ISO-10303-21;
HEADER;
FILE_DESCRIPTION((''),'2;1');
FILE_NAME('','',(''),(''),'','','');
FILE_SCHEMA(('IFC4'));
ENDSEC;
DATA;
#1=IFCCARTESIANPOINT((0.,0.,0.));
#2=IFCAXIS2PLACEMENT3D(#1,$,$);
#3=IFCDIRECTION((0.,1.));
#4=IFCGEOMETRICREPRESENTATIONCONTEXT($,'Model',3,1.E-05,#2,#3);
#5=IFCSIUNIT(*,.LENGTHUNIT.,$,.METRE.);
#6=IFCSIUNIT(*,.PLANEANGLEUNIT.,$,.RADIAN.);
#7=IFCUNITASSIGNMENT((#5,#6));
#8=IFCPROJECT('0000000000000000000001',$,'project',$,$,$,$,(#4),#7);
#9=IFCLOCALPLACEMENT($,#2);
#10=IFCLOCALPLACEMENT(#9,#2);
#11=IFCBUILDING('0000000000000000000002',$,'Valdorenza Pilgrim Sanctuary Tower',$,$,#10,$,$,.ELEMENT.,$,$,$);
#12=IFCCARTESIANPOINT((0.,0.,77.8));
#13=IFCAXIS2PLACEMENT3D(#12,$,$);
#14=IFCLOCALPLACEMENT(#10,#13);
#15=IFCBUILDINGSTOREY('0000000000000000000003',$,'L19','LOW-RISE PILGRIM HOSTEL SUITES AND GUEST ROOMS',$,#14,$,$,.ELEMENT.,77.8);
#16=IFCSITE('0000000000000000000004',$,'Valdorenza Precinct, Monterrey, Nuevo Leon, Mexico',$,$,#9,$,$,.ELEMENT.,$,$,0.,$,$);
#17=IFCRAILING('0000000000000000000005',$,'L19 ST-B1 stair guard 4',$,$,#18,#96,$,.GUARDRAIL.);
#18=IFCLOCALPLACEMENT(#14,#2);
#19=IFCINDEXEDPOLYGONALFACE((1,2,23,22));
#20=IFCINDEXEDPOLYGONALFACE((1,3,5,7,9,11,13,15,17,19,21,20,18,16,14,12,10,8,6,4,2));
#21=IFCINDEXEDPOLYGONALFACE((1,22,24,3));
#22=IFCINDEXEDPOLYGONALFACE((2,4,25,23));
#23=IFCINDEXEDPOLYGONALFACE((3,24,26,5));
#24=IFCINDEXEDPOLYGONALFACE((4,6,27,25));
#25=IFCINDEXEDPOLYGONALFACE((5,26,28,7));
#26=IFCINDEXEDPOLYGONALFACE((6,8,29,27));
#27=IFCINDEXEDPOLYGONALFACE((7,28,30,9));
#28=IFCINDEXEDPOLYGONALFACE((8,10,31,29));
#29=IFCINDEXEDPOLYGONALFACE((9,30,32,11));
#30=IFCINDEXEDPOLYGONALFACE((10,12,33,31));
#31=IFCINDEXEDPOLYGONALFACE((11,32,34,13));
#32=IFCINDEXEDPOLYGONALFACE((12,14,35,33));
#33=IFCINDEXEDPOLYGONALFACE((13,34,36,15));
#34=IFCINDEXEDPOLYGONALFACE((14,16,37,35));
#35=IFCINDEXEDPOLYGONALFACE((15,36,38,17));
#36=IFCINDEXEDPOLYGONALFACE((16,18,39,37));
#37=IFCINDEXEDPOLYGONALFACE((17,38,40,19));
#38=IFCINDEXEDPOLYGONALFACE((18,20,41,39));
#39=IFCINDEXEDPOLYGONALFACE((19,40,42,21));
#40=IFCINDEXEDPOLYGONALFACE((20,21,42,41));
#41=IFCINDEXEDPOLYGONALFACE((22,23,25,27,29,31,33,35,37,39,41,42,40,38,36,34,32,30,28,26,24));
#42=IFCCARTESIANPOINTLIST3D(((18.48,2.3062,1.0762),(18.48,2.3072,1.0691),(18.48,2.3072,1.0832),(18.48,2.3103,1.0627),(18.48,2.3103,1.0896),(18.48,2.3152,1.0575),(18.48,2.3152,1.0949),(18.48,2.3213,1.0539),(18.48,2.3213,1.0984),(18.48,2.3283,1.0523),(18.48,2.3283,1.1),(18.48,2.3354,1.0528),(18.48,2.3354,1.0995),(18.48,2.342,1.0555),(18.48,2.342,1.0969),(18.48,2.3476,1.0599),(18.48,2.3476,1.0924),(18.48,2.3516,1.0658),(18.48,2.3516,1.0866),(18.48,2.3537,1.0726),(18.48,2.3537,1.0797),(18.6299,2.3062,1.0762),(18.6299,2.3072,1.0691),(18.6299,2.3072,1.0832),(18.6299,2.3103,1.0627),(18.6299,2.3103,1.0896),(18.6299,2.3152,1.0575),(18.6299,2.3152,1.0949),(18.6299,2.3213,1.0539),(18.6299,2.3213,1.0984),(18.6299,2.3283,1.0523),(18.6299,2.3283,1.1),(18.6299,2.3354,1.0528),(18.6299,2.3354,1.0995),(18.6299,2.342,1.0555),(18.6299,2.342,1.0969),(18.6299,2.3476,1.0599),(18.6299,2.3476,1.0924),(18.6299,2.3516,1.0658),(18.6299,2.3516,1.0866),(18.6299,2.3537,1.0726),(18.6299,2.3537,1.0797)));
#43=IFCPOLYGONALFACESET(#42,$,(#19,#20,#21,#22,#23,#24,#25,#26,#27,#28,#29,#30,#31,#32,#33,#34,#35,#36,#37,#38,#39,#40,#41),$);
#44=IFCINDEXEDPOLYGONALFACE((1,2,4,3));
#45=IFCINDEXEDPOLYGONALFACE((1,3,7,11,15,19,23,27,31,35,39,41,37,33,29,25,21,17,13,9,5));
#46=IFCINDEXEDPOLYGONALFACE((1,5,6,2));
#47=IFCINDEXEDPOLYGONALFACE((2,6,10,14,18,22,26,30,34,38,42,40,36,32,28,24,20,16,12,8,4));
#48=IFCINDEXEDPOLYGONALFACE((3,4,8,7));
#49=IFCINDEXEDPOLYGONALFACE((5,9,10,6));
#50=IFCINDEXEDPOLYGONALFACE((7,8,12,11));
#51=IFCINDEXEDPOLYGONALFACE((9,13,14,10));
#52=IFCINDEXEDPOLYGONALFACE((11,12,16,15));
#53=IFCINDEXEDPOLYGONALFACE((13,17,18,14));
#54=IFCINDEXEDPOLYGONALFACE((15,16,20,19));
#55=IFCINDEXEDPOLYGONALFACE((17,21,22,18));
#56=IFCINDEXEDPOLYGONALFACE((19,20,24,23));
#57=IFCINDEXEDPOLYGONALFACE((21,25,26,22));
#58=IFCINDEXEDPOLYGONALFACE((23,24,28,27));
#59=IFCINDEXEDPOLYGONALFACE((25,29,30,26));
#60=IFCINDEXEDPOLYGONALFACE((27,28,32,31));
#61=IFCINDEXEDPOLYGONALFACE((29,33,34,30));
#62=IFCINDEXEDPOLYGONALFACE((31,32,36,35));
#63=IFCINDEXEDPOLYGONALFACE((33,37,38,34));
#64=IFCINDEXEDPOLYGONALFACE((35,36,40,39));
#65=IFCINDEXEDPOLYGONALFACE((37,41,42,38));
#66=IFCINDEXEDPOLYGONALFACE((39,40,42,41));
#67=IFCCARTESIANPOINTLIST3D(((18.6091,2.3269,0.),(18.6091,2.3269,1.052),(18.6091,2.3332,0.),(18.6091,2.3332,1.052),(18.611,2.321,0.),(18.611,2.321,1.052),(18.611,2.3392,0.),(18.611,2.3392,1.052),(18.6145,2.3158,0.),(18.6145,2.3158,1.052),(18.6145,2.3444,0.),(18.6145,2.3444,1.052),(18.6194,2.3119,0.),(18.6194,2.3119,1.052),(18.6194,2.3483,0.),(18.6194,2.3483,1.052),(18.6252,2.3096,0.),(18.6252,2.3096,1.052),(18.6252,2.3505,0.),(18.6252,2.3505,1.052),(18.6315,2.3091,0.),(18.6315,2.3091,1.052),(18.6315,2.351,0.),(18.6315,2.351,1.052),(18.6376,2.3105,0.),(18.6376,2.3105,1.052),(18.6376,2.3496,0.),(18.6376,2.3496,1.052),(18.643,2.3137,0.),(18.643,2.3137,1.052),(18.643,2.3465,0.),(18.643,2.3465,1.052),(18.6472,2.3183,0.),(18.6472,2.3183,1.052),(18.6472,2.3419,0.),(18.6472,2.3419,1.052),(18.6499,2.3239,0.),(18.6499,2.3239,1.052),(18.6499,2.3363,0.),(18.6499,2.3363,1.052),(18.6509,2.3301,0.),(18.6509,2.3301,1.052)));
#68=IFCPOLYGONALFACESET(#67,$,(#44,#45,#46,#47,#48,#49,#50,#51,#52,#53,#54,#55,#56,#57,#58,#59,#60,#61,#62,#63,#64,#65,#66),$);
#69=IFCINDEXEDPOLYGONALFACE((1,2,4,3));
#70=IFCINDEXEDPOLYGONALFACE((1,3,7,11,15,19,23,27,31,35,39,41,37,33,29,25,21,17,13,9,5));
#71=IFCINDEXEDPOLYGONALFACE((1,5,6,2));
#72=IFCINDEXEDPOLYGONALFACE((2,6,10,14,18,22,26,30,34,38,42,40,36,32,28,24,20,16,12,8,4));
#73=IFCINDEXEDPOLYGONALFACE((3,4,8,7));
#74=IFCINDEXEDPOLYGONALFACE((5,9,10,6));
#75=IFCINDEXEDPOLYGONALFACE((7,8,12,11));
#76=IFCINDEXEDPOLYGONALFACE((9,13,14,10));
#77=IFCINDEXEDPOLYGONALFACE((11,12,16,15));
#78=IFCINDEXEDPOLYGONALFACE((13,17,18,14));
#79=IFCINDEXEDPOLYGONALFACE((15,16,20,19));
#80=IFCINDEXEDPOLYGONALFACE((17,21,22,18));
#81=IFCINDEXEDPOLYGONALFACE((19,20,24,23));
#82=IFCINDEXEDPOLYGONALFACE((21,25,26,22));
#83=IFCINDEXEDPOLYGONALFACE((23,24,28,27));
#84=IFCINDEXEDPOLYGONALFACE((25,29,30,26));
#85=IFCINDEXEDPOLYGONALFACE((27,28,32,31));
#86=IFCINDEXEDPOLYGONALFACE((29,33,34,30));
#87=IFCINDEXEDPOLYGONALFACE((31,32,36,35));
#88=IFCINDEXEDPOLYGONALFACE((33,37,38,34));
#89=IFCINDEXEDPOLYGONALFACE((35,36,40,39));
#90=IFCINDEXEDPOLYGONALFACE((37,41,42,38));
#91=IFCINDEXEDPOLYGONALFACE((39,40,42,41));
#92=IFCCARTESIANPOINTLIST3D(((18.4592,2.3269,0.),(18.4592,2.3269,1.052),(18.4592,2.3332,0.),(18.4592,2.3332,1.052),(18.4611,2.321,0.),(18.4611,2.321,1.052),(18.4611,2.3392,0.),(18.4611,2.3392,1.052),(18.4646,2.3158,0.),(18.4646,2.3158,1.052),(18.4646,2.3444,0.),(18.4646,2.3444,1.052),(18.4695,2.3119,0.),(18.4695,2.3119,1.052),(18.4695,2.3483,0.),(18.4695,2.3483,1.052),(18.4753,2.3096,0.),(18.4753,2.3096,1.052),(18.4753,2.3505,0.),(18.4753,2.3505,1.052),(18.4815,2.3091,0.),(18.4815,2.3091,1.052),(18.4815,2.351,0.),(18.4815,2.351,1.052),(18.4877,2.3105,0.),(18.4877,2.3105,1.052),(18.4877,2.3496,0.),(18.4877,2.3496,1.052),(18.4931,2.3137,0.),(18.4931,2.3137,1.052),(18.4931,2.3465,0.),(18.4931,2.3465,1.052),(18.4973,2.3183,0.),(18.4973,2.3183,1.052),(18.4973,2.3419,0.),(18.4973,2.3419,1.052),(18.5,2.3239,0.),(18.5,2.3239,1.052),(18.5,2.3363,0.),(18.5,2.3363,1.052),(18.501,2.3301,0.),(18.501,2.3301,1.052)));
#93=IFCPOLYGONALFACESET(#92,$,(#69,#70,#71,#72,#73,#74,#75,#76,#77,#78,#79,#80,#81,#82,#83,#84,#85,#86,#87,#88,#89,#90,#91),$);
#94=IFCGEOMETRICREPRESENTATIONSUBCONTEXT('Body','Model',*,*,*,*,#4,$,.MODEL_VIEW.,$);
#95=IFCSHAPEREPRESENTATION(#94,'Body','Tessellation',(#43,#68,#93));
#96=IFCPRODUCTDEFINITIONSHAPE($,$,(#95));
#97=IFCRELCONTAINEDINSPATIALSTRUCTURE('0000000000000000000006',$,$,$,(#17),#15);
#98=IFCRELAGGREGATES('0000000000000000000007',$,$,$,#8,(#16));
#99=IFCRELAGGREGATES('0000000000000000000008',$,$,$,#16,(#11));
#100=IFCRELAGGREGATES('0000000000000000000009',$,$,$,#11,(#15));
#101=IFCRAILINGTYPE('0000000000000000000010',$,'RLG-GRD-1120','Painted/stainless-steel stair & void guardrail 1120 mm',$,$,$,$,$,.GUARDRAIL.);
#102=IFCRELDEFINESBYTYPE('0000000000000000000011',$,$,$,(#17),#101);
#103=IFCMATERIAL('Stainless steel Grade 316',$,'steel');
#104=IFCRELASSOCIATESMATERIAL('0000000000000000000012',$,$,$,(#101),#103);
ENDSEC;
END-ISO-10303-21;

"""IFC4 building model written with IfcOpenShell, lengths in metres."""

from ifc_helpers import new_model, si_unit, direction, frame, origin, origin_2d, place, context, subcontext, project, spatial, circle, extrude, material, type_object, element, save


model = new_model("IFC4")

# Units and contexts
model_context = context("Model", 3, precision=1e-05, world=origin(), true_north=direction((0.0, 1.0)))
body_context = subcontext(model_context, "Body", "Model", "MODEL_VIEW")
ifc_project = project(units=[si_unit("LENGTHUNIT", "METRE"), si_unit("PLANEANGLEUNIT", "RADIAN")], contexts=[model_context])

# Site, building, storey
site_placement = place(None, origin())
site = spatial("IfcSite", under=ifc_project, at=site_placement, Name="Valdorenza Precinct, Monterrey, Nuevo Leon, Mexico", CompositionType="ELEMENT", RefElevation=0.0)
building_placement = place(site_placement, origin())
building = spatial("IfcBuilding", under=site, at=building_placement, Name="Valdorenza Pilgrim Sanctuary Tower", CompositionType="ELEMENT")
storey_placement = place(building_placement, frame((0.0, 0.0, 77.8)))
storey = spatial("IfcBuildingStorey", under=building, at=storey_placement, Name="L19", Description="LOW-RISE PILGRIM HOSTEL SUITES AND GUEST ROOMS", CompositionType="ELEMENT", Elevation=77.8)

# Railing
ifc_material_1 = material(Name="Stainless steel Grade 316", Category="steel")
railing_type_1 = type_object("IfcRailingType", Name="RLG-GRD-1120", Description="Painted/stainless-steel stair & void guardrail 1120 mm", PredefinedType="GUARDRAIL", material=ifc_material_1)
railing_1_placement = place(storey_placement, frame((18.6299, 2.3301, 0.0)))
element("IfcRailing", 1, at=railing_1_placement, inside=storey, type_object=railing_type_1, Name="L19 ST-B1 stair guard 4", PredefinedType="GUARDRAIL", context=body_context, shape_type="SweptSolid", body=[
    extrude(circle(Radius=0.0239, at=origin_2d()), frame((0.0, 0.0, 1.0762), z_axis=(-1.0, 0.0, 0.0), x_axis=(0.0, -1.0, 0.0)), (0.0, 0.0, 1.0), 0.1499),
    extrude(circle(Radius=0.021, at=origin_2d()), origin(), (0.0, 0.0, 1.0), 1.052),
    extrude(circle(Radius=0.021, at=origin_2d()), frame((-0.1499, 0.0, 0.0)), (0.0, 0.0, 1.0), 1.052),
])

save(model, "model.ifc")
